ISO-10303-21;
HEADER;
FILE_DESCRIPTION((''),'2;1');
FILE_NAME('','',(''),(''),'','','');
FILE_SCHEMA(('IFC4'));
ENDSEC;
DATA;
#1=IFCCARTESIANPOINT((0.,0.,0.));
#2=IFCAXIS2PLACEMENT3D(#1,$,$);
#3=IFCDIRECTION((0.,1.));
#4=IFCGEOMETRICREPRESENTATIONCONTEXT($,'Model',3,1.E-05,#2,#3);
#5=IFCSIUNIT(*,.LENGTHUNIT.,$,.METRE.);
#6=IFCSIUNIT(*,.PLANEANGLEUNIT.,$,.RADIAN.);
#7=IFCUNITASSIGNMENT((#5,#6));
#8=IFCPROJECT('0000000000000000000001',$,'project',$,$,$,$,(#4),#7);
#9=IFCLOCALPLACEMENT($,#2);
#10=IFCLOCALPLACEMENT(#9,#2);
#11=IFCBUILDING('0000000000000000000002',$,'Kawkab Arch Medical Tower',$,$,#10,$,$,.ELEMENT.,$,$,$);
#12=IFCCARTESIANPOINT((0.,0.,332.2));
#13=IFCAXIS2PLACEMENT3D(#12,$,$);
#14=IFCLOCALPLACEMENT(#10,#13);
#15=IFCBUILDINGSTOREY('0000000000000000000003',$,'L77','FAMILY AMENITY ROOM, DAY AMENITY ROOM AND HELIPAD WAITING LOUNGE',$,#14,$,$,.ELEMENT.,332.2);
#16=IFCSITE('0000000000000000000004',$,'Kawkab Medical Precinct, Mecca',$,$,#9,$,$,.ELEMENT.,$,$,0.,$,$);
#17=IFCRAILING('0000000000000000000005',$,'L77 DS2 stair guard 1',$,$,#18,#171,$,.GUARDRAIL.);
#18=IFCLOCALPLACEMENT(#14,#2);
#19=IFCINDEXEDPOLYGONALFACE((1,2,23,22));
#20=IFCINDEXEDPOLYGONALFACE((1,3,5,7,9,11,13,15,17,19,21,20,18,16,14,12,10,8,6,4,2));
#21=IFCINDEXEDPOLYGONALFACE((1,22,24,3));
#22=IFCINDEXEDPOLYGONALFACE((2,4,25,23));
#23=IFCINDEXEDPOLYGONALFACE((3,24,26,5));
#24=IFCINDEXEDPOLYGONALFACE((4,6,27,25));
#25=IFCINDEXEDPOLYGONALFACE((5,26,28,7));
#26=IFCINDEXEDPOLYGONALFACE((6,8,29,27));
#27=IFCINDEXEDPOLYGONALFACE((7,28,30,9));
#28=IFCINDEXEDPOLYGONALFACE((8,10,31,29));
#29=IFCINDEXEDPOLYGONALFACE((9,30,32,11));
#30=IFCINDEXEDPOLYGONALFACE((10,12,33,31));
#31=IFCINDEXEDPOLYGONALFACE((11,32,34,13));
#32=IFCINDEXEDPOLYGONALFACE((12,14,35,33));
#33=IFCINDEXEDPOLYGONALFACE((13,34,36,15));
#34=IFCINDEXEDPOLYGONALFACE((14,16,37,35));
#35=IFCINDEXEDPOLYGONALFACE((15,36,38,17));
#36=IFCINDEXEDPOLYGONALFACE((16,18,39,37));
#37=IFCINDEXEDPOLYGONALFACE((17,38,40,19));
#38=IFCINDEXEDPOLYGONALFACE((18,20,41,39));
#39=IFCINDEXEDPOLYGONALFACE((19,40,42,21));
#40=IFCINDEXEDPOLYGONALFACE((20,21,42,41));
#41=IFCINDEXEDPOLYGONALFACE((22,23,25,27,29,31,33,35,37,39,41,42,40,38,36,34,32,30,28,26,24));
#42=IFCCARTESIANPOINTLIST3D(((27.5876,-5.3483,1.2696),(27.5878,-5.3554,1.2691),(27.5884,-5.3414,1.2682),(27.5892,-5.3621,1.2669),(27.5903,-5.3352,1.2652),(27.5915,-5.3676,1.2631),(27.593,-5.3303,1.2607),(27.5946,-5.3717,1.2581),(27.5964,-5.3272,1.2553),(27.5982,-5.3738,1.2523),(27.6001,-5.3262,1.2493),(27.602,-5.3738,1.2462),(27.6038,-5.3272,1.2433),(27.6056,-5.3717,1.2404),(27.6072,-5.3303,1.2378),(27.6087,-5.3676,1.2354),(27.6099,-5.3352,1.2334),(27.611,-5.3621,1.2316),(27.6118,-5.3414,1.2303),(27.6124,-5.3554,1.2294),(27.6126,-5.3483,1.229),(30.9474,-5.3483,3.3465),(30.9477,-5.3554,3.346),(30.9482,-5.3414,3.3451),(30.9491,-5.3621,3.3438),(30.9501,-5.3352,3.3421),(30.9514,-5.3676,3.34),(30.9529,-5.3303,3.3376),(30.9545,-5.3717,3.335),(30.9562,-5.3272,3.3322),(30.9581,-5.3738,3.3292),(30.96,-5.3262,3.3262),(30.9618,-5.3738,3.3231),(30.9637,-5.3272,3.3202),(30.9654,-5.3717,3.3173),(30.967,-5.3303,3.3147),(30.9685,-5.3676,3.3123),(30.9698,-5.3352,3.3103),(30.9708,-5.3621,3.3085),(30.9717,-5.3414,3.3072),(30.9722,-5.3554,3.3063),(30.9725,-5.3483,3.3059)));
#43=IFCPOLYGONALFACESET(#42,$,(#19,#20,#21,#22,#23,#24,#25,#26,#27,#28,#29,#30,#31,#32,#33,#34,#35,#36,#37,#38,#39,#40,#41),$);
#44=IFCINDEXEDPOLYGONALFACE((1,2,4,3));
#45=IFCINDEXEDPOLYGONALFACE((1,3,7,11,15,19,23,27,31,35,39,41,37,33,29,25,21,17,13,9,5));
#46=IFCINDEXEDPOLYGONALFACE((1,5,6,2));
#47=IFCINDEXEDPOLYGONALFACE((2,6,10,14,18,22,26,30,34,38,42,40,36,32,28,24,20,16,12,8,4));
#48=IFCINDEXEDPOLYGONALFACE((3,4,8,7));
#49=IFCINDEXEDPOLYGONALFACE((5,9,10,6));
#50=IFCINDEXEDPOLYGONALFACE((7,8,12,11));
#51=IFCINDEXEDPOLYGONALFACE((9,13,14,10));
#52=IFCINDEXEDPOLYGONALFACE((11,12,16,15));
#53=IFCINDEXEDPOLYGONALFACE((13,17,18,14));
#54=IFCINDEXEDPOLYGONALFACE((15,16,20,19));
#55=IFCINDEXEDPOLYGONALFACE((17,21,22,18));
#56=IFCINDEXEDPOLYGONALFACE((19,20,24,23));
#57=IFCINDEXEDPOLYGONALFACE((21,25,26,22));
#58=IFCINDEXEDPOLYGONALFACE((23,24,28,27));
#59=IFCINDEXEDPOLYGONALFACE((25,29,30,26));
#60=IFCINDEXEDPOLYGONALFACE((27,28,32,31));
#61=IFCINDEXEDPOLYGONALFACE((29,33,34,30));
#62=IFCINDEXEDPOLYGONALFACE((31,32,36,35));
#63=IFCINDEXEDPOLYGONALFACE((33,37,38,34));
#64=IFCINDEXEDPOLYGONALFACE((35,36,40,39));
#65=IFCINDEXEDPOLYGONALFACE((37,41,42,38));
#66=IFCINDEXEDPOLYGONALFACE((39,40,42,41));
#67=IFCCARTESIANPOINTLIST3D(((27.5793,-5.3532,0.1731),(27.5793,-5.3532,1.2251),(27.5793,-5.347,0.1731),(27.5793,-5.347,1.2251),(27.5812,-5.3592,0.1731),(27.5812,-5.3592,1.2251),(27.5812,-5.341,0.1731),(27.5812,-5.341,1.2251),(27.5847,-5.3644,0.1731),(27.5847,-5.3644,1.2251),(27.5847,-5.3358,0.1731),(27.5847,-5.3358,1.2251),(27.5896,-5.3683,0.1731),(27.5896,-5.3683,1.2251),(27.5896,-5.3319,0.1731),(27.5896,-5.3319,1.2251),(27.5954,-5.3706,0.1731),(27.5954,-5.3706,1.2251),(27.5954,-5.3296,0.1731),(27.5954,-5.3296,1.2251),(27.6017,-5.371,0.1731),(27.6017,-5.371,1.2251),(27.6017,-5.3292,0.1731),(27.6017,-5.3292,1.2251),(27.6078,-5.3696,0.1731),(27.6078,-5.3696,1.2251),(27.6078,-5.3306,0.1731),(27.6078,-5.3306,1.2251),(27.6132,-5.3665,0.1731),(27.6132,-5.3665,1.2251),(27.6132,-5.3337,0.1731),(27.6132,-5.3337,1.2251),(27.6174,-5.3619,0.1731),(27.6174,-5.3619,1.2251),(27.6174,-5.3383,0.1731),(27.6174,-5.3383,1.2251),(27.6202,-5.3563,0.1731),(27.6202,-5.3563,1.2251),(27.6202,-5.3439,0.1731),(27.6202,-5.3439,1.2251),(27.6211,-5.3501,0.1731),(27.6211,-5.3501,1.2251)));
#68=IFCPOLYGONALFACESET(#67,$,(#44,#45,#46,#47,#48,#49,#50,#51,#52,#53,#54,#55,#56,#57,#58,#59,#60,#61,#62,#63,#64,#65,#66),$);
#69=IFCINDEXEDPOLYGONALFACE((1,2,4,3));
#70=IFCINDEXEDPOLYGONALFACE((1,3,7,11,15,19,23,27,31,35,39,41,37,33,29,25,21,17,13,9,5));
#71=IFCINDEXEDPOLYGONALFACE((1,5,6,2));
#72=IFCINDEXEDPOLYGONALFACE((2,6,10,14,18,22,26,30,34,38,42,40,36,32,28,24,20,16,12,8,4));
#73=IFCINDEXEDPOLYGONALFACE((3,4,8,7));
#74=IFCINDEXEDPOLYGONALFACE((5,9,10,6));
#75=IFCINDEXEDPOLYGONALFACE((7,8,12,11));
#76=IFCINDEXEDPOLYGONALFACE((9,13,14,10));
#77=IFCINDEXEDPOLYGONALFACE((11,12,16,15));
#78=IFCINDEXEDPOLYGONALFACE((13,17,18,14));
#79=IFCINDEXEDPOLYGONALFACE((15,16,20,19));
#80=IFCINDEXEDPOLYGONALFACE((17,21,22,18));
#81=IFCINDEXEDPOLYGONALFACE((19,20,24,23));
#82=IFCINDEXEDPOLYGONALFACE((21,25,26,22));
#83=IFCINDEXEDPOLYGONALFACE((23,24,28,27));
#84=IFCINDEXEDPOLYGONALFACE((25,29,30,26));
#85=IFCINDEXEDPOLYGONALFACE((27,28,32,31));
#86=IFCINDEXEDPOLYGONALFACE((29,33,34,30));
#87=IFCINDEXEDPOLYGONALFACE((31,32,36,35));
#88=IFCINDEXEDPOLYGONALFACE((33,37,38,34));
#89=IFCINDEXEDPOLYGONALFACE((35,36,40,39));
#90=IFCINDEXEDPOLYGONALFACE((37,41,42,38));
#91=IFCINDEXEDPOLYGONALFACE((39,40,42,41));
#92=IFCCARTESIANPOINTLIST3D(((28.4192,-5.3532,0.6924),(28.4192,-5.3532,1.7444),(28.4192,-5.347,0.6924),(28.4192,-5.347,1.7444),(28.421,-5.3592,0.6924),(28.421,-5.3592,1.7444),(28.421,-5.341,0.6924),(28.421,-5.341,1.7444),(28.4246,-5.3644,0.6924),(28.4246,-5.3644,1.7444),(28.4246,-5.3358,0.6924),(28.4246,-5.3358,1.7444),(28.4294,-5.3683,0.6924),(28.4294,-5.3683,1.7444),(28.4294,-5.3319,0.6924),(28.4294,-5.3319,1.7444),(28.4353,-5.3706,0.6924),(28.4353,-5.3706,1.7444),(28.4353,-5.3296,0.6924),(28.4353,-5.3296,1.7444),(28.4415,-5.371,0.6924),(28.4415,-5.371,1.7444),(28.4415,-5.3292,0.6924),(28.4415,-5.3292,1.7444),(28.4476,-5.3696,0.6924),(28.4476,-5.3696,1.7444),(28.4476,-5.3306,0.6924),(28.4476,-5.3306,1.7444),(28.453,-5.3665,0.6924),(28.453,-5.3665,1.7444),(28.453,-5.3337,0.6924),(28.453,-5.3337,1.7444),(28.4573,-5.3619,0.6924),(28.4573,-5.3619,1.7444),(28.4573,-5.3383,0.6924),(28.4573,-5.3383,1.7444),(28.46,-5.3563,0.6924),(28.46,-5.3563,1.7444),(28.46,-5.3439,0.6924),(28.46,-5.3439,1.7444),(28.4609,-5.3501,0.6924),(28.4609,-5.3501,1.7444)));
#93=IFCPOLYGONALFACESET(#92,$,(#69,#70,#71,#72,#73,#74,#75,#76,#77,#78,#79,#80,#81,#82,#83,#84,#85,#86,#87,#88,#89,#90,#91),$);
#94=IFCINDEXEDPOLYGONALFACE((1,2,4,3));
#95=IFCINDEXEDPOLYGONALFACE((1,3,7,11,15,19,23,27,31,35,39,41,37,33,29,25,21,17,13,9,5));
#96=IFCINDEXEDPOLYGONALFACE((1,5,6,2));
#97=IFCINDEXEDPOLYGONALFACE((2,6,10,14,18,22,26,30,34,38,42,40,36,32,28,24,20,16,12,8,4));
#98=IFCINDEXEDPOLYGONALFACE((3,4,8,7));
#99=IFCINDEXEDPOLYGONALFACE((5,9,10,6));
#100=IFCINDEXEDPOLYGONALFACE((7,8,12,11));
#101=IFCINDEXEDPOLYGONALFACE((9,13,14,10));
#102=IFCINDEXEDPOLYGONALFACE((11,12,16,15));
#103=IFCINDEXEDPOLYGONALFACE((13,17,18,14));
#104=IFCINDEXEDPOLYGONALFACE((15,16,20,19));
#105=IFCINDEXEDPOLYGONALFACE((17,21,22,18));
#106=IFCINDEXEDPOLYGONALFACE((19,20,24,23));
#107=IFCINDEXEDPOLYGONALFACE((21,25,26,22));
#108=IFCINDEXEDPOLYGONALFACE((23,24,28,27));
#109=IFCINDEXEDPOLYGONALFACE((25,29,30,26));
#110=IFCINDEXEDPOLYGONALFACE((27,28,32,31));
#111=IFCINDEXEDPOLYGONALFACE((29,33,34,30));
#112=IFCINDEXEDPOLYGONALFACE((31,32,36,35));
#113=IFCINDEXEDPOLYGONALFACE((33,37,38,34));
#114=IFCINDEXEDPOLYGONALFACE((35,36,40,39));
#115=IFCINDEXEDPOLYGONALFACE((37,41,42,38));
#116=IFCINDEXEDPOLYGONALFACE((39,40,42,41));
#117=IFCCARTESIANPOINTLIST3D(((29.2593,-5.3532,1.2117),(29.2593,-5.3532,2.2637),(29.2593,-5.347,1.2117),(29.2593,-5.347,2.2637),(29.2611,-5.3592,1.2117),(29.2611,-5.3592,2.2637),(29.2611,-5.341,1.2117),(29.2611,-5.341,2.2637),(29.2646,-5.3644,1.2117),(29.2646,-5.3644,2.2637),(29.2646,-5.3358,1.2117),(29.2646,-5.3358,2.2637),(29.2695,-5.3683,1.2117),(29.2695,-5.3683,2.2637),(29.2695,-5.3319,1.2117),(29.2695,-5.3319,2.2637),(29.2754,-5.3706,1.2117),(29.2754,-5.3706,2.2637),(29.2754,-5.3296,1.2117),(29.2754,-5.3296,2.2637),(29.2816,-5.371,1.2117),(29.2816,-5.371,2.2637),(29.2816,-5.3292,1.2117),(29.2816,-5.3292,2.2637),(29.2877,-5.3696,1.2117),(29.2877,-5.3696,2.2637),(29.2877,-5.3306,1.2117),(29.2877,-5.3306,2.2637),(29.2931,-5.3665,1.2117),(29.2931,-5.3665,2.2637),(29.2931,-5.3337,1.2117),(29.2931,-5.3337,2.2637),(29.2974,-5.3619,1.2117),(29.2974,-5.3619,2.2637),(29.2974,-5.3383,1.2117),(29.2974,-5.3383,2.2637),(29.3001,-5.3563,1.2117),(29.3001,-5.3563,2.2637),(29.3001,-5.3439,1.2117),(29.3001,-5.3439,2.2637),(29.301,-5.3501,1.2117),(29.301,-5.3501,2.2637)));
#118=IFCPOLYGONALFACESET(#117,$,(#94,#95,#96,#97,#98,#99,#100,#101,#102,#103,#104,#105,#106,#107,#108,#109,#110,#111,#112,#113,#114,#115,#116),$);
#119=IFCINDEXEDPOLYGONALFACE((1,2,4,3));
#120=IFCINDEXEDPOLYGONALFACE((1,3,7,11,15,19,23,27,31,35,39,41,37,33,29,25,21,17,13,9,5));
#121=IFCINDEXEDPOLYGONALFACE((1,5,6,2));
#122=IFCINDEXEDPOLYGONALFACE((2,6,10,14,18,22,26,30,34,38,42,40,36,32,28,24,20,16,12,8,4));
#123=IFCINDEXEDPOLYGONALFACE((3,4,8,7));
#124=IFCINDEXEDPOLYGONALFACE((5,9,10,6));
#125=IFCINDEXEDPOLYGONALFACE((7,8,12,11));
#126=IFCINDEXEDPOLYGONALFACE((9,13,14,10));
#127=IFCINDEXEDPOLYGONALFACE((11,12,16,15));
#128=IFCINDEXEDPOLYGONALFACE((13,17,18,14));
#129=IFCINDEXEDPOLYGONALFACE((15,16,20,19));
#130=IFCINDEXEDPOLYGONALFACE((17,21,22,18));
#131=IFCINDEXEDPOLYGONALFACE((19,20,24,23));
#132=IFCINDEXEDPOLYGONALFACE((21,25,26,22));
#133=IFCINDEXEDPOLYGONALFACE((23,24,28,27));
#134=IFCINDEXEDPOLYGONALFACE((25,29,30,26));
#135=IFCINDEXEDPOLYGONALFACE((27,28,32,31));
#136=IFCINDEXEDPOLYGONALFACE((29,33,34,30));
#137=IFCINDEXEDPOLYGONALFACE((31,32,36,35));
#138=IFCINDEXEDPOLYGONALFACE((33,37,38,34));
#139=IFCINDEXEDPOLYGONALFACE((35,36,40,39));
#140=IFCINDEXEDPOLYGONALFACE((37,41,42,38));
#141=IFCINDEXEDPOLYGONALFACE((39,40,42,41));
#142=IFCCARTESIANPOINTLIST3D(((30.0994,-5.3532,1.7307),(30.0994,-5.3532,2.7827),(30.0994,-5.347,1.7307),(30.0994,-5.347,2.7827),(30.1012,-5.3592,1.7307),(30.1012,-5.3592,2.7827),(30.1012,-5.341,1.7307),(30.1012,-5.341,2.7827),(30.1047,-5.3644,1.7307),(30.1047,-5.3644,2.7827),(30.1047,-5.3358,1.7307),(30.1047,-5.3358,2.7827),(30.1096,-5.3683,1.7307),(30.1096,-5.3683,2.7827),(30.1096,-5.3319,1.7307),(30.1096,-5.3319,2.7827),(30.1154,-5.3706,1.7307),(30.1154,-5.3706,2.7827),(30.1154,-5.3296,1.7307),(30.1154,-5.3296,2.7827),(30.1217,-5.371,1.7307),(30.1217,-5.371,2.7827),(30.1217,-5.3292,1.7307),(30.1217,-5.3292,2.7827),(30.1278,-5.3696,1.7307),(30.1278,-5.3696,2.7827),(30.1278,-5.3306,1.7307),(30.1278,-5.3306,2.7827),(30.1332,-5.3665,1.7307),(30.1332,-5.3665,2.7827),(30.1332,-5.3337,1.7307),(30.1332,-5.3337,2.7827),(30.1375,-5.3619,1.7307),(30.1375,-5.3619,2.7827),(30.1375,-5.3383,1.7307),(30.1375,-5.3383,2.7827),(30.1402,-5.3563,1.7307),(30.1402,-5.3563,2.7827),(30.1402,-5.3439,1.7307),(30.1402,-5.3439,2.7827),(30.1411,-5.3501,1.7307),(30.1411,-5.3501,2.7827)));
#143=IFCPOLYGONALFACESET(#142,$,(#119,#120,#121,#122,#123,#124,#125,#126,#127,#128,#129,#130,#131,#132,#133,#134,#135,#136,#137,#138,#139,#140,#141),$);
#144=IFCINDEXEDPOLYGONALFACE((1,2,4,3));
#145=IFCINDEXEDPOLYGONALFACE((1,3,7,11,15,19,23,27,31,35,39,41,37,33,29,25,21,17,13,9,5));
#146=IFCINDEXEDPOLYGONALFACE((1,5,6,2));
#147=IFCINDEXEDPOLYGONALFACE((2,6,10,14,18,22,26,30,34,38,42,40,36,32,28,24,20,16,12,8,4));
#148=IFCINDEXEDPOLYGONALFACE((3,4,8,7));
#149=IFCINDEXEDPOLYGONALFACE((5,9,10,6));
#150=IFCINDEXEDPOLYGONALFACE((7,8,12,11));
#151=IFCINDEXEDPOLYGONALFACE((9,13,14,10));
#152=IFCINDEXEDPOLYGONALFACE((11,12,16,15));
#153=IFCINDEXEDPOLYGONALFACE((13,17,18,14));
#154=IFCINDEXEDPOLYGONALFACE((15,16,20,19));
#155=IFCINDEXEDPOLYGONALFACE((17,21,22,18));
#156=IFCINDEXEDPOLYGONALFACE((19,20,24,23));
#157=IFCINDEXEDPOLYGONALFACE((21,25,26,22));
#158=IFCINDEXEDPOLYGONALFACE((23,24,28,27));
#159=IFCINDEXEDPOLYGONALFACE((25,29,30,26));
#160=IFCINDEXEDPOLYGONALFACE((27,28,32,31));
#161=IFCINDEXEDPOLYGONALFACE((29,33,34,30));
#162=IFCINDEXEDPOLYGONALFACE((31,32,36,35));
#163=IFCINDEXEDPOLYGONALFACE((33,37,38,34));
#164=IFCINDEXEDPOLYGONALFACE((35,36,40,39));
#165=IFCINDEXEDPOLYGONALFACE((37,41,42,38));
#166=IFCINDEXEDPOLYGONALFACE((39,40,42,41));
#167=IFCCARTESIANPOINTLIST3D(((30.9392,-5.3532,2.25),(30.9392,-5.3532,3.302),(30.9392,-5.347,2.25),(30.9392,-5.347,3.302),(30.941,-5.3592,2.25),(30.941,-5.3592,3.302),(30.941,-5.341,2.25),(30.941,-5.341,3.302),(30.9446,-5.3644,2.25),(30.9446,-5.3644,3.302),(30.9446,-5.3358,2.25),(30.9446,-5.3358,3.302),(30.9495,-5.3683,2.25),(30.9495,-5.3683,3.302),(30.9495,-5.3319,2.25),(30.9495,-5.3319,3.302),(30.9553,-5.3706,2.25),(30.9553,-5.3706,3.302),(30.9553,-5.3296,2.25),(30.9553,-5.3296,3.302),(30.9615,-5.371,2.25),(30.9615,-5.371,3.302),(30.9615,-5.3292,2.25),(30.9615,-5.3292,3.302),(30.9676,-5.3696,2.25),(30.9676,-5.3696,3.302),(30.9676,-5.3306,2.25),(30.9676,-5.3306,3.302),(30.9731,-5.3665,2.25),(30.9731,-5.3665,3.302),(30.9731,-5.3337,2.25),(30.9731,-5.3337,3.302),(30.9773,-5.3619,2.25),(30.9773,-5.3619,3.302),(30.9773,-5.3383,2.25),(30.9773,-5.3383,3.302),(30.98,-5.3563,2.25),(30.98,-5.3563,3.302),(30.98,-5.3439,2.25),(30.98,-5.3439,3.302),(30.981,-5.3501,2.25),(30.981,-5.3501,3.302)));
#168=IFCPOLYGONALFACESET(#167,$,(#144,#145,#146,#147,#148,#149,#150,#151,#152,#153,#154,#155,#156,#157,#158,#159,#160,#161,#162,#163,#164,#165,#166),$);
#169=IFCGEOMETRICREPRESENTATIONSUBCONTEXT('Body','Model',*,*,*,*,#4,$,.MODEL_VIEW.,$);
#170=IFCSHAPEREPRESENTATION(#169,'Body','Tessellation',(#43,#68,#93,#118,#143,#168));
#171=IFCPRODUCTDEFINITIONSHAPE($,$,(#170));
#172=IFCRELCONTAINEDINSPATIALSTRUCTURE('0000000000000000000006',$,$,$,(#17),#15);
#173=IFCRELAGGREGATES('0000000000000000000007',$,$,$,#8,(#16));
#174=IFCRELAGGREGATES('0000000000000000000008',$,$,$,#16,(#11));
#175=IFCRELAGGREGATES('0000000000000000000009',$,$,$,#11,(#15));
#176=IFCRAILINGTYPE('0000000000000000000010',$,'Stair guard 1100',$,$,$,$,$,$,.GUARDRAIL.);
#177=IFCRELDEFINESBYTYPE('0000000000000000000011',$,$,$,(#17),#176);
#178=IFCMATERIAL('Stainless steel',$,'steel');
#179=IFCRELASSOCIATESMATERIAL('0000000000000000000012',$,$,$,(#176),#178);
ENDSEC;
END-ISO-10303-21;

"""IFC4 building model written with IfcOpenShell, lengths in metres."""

from ifc_helpers import new_model, si_unit, direction, frame, origin, origin_2d, place, context, subcontext, project, spatial, circle, extrude, material, type_object, element, save


model = new_model("IFC4")

# Units and contexts
model_context = context("Model", 3, precision=1e-05, world=origin(), true_north=direction((0.0, 1.0)))
body_context = subcontext(model_context, "Body", "Model", "MODEL_VIEW")
ifc_project = project(units=[si_unit("LENGTHUNIT", "METRE"), si_unit("PLANEANGLEUNIT", "RADIAN")], contexts=[model_context])

# Site, building, storey
site_placement = place(None, origin())
site = spatial("IfcSite", under=ifc_project, at=site_placement, Name="Kawkab Medical Precinct, Mecca", CompositionType="ELEMENT", RefElevation=0.0)
building_placement = place(site_placement, origin())
building = spatial("IfcBuilding", under=site, at=building_placement, Name="Kawkab Arch Medical Tower", CompositionType="ELEMENT")
storey_placement = place(building_placement, frame((0.0, 0.0, 332.2)))
storey = spatial("IfcBuildingStorey", under=building, at=storey_placement, Name="L77", Description="FAMILY AMENITY ROOM, DAY AMENITY ROOM AND HELIPAD WAITING LOUNGE", CompositionType="ELEMENT", Elevation=332.2)

# Railing
ifc_material_1 = material(Name="Stainless steel", Category="steel")
railing_type = type_object("IfcRailingType", Name="Stair guard 1100", PredefinedType="GUARDRAIL", material=ifc_material_1)
railing_1_placement = place(storey_placement, frame((27.6001, -5.3501, 0.1731)))
element("IfcRailing", 1, at=railing_1_placement, inside=storey, type_object=railing_type, Name="L77 DS2 stair guard 1", PredefinedType="GUARDRAIL", context=body_context, shape_type="SweptSolid", body=[
    extrude(circle(Radius=0.0239, at=origin_2d()), frame((0.0, 0.0, 1.0762), z_axis=(0.850606, 0.0, 0.525803), x_axis=(0.0, 1.0, 0.0)), (0.0, 0.0, 1.0), 3.95),
    extrude(circle(Radius=0.021, at=origin_2d()), origin(), (0.0, 0.0, 1.0), 1.052),
    extrude(circle(Radius=0.021, at=origin_2d()), frame((0.8398, 0.0, 0.5193)), (0.0, 0.0, 1.0), 1.052),
    extrude(circle(Radius=0.021, at=origin_2d()), frame((1.6799, 0.0, 1.0386)), (0.0, 0.0, 1.0), 1.052),
    extrude(circle(Radius=0.021, at=origin_2d()), frame((2.52, 0.0, 1.5576)), (0.0, 0.0, 1.0), 1.052),
    extrude(circle(Radius=0.021, at=origin_2d()), frame((3.3599, 0.0, 2.0769)), (0.0, 0.0, 1.0), 1.052),
])

save(model, "model.ifc")
